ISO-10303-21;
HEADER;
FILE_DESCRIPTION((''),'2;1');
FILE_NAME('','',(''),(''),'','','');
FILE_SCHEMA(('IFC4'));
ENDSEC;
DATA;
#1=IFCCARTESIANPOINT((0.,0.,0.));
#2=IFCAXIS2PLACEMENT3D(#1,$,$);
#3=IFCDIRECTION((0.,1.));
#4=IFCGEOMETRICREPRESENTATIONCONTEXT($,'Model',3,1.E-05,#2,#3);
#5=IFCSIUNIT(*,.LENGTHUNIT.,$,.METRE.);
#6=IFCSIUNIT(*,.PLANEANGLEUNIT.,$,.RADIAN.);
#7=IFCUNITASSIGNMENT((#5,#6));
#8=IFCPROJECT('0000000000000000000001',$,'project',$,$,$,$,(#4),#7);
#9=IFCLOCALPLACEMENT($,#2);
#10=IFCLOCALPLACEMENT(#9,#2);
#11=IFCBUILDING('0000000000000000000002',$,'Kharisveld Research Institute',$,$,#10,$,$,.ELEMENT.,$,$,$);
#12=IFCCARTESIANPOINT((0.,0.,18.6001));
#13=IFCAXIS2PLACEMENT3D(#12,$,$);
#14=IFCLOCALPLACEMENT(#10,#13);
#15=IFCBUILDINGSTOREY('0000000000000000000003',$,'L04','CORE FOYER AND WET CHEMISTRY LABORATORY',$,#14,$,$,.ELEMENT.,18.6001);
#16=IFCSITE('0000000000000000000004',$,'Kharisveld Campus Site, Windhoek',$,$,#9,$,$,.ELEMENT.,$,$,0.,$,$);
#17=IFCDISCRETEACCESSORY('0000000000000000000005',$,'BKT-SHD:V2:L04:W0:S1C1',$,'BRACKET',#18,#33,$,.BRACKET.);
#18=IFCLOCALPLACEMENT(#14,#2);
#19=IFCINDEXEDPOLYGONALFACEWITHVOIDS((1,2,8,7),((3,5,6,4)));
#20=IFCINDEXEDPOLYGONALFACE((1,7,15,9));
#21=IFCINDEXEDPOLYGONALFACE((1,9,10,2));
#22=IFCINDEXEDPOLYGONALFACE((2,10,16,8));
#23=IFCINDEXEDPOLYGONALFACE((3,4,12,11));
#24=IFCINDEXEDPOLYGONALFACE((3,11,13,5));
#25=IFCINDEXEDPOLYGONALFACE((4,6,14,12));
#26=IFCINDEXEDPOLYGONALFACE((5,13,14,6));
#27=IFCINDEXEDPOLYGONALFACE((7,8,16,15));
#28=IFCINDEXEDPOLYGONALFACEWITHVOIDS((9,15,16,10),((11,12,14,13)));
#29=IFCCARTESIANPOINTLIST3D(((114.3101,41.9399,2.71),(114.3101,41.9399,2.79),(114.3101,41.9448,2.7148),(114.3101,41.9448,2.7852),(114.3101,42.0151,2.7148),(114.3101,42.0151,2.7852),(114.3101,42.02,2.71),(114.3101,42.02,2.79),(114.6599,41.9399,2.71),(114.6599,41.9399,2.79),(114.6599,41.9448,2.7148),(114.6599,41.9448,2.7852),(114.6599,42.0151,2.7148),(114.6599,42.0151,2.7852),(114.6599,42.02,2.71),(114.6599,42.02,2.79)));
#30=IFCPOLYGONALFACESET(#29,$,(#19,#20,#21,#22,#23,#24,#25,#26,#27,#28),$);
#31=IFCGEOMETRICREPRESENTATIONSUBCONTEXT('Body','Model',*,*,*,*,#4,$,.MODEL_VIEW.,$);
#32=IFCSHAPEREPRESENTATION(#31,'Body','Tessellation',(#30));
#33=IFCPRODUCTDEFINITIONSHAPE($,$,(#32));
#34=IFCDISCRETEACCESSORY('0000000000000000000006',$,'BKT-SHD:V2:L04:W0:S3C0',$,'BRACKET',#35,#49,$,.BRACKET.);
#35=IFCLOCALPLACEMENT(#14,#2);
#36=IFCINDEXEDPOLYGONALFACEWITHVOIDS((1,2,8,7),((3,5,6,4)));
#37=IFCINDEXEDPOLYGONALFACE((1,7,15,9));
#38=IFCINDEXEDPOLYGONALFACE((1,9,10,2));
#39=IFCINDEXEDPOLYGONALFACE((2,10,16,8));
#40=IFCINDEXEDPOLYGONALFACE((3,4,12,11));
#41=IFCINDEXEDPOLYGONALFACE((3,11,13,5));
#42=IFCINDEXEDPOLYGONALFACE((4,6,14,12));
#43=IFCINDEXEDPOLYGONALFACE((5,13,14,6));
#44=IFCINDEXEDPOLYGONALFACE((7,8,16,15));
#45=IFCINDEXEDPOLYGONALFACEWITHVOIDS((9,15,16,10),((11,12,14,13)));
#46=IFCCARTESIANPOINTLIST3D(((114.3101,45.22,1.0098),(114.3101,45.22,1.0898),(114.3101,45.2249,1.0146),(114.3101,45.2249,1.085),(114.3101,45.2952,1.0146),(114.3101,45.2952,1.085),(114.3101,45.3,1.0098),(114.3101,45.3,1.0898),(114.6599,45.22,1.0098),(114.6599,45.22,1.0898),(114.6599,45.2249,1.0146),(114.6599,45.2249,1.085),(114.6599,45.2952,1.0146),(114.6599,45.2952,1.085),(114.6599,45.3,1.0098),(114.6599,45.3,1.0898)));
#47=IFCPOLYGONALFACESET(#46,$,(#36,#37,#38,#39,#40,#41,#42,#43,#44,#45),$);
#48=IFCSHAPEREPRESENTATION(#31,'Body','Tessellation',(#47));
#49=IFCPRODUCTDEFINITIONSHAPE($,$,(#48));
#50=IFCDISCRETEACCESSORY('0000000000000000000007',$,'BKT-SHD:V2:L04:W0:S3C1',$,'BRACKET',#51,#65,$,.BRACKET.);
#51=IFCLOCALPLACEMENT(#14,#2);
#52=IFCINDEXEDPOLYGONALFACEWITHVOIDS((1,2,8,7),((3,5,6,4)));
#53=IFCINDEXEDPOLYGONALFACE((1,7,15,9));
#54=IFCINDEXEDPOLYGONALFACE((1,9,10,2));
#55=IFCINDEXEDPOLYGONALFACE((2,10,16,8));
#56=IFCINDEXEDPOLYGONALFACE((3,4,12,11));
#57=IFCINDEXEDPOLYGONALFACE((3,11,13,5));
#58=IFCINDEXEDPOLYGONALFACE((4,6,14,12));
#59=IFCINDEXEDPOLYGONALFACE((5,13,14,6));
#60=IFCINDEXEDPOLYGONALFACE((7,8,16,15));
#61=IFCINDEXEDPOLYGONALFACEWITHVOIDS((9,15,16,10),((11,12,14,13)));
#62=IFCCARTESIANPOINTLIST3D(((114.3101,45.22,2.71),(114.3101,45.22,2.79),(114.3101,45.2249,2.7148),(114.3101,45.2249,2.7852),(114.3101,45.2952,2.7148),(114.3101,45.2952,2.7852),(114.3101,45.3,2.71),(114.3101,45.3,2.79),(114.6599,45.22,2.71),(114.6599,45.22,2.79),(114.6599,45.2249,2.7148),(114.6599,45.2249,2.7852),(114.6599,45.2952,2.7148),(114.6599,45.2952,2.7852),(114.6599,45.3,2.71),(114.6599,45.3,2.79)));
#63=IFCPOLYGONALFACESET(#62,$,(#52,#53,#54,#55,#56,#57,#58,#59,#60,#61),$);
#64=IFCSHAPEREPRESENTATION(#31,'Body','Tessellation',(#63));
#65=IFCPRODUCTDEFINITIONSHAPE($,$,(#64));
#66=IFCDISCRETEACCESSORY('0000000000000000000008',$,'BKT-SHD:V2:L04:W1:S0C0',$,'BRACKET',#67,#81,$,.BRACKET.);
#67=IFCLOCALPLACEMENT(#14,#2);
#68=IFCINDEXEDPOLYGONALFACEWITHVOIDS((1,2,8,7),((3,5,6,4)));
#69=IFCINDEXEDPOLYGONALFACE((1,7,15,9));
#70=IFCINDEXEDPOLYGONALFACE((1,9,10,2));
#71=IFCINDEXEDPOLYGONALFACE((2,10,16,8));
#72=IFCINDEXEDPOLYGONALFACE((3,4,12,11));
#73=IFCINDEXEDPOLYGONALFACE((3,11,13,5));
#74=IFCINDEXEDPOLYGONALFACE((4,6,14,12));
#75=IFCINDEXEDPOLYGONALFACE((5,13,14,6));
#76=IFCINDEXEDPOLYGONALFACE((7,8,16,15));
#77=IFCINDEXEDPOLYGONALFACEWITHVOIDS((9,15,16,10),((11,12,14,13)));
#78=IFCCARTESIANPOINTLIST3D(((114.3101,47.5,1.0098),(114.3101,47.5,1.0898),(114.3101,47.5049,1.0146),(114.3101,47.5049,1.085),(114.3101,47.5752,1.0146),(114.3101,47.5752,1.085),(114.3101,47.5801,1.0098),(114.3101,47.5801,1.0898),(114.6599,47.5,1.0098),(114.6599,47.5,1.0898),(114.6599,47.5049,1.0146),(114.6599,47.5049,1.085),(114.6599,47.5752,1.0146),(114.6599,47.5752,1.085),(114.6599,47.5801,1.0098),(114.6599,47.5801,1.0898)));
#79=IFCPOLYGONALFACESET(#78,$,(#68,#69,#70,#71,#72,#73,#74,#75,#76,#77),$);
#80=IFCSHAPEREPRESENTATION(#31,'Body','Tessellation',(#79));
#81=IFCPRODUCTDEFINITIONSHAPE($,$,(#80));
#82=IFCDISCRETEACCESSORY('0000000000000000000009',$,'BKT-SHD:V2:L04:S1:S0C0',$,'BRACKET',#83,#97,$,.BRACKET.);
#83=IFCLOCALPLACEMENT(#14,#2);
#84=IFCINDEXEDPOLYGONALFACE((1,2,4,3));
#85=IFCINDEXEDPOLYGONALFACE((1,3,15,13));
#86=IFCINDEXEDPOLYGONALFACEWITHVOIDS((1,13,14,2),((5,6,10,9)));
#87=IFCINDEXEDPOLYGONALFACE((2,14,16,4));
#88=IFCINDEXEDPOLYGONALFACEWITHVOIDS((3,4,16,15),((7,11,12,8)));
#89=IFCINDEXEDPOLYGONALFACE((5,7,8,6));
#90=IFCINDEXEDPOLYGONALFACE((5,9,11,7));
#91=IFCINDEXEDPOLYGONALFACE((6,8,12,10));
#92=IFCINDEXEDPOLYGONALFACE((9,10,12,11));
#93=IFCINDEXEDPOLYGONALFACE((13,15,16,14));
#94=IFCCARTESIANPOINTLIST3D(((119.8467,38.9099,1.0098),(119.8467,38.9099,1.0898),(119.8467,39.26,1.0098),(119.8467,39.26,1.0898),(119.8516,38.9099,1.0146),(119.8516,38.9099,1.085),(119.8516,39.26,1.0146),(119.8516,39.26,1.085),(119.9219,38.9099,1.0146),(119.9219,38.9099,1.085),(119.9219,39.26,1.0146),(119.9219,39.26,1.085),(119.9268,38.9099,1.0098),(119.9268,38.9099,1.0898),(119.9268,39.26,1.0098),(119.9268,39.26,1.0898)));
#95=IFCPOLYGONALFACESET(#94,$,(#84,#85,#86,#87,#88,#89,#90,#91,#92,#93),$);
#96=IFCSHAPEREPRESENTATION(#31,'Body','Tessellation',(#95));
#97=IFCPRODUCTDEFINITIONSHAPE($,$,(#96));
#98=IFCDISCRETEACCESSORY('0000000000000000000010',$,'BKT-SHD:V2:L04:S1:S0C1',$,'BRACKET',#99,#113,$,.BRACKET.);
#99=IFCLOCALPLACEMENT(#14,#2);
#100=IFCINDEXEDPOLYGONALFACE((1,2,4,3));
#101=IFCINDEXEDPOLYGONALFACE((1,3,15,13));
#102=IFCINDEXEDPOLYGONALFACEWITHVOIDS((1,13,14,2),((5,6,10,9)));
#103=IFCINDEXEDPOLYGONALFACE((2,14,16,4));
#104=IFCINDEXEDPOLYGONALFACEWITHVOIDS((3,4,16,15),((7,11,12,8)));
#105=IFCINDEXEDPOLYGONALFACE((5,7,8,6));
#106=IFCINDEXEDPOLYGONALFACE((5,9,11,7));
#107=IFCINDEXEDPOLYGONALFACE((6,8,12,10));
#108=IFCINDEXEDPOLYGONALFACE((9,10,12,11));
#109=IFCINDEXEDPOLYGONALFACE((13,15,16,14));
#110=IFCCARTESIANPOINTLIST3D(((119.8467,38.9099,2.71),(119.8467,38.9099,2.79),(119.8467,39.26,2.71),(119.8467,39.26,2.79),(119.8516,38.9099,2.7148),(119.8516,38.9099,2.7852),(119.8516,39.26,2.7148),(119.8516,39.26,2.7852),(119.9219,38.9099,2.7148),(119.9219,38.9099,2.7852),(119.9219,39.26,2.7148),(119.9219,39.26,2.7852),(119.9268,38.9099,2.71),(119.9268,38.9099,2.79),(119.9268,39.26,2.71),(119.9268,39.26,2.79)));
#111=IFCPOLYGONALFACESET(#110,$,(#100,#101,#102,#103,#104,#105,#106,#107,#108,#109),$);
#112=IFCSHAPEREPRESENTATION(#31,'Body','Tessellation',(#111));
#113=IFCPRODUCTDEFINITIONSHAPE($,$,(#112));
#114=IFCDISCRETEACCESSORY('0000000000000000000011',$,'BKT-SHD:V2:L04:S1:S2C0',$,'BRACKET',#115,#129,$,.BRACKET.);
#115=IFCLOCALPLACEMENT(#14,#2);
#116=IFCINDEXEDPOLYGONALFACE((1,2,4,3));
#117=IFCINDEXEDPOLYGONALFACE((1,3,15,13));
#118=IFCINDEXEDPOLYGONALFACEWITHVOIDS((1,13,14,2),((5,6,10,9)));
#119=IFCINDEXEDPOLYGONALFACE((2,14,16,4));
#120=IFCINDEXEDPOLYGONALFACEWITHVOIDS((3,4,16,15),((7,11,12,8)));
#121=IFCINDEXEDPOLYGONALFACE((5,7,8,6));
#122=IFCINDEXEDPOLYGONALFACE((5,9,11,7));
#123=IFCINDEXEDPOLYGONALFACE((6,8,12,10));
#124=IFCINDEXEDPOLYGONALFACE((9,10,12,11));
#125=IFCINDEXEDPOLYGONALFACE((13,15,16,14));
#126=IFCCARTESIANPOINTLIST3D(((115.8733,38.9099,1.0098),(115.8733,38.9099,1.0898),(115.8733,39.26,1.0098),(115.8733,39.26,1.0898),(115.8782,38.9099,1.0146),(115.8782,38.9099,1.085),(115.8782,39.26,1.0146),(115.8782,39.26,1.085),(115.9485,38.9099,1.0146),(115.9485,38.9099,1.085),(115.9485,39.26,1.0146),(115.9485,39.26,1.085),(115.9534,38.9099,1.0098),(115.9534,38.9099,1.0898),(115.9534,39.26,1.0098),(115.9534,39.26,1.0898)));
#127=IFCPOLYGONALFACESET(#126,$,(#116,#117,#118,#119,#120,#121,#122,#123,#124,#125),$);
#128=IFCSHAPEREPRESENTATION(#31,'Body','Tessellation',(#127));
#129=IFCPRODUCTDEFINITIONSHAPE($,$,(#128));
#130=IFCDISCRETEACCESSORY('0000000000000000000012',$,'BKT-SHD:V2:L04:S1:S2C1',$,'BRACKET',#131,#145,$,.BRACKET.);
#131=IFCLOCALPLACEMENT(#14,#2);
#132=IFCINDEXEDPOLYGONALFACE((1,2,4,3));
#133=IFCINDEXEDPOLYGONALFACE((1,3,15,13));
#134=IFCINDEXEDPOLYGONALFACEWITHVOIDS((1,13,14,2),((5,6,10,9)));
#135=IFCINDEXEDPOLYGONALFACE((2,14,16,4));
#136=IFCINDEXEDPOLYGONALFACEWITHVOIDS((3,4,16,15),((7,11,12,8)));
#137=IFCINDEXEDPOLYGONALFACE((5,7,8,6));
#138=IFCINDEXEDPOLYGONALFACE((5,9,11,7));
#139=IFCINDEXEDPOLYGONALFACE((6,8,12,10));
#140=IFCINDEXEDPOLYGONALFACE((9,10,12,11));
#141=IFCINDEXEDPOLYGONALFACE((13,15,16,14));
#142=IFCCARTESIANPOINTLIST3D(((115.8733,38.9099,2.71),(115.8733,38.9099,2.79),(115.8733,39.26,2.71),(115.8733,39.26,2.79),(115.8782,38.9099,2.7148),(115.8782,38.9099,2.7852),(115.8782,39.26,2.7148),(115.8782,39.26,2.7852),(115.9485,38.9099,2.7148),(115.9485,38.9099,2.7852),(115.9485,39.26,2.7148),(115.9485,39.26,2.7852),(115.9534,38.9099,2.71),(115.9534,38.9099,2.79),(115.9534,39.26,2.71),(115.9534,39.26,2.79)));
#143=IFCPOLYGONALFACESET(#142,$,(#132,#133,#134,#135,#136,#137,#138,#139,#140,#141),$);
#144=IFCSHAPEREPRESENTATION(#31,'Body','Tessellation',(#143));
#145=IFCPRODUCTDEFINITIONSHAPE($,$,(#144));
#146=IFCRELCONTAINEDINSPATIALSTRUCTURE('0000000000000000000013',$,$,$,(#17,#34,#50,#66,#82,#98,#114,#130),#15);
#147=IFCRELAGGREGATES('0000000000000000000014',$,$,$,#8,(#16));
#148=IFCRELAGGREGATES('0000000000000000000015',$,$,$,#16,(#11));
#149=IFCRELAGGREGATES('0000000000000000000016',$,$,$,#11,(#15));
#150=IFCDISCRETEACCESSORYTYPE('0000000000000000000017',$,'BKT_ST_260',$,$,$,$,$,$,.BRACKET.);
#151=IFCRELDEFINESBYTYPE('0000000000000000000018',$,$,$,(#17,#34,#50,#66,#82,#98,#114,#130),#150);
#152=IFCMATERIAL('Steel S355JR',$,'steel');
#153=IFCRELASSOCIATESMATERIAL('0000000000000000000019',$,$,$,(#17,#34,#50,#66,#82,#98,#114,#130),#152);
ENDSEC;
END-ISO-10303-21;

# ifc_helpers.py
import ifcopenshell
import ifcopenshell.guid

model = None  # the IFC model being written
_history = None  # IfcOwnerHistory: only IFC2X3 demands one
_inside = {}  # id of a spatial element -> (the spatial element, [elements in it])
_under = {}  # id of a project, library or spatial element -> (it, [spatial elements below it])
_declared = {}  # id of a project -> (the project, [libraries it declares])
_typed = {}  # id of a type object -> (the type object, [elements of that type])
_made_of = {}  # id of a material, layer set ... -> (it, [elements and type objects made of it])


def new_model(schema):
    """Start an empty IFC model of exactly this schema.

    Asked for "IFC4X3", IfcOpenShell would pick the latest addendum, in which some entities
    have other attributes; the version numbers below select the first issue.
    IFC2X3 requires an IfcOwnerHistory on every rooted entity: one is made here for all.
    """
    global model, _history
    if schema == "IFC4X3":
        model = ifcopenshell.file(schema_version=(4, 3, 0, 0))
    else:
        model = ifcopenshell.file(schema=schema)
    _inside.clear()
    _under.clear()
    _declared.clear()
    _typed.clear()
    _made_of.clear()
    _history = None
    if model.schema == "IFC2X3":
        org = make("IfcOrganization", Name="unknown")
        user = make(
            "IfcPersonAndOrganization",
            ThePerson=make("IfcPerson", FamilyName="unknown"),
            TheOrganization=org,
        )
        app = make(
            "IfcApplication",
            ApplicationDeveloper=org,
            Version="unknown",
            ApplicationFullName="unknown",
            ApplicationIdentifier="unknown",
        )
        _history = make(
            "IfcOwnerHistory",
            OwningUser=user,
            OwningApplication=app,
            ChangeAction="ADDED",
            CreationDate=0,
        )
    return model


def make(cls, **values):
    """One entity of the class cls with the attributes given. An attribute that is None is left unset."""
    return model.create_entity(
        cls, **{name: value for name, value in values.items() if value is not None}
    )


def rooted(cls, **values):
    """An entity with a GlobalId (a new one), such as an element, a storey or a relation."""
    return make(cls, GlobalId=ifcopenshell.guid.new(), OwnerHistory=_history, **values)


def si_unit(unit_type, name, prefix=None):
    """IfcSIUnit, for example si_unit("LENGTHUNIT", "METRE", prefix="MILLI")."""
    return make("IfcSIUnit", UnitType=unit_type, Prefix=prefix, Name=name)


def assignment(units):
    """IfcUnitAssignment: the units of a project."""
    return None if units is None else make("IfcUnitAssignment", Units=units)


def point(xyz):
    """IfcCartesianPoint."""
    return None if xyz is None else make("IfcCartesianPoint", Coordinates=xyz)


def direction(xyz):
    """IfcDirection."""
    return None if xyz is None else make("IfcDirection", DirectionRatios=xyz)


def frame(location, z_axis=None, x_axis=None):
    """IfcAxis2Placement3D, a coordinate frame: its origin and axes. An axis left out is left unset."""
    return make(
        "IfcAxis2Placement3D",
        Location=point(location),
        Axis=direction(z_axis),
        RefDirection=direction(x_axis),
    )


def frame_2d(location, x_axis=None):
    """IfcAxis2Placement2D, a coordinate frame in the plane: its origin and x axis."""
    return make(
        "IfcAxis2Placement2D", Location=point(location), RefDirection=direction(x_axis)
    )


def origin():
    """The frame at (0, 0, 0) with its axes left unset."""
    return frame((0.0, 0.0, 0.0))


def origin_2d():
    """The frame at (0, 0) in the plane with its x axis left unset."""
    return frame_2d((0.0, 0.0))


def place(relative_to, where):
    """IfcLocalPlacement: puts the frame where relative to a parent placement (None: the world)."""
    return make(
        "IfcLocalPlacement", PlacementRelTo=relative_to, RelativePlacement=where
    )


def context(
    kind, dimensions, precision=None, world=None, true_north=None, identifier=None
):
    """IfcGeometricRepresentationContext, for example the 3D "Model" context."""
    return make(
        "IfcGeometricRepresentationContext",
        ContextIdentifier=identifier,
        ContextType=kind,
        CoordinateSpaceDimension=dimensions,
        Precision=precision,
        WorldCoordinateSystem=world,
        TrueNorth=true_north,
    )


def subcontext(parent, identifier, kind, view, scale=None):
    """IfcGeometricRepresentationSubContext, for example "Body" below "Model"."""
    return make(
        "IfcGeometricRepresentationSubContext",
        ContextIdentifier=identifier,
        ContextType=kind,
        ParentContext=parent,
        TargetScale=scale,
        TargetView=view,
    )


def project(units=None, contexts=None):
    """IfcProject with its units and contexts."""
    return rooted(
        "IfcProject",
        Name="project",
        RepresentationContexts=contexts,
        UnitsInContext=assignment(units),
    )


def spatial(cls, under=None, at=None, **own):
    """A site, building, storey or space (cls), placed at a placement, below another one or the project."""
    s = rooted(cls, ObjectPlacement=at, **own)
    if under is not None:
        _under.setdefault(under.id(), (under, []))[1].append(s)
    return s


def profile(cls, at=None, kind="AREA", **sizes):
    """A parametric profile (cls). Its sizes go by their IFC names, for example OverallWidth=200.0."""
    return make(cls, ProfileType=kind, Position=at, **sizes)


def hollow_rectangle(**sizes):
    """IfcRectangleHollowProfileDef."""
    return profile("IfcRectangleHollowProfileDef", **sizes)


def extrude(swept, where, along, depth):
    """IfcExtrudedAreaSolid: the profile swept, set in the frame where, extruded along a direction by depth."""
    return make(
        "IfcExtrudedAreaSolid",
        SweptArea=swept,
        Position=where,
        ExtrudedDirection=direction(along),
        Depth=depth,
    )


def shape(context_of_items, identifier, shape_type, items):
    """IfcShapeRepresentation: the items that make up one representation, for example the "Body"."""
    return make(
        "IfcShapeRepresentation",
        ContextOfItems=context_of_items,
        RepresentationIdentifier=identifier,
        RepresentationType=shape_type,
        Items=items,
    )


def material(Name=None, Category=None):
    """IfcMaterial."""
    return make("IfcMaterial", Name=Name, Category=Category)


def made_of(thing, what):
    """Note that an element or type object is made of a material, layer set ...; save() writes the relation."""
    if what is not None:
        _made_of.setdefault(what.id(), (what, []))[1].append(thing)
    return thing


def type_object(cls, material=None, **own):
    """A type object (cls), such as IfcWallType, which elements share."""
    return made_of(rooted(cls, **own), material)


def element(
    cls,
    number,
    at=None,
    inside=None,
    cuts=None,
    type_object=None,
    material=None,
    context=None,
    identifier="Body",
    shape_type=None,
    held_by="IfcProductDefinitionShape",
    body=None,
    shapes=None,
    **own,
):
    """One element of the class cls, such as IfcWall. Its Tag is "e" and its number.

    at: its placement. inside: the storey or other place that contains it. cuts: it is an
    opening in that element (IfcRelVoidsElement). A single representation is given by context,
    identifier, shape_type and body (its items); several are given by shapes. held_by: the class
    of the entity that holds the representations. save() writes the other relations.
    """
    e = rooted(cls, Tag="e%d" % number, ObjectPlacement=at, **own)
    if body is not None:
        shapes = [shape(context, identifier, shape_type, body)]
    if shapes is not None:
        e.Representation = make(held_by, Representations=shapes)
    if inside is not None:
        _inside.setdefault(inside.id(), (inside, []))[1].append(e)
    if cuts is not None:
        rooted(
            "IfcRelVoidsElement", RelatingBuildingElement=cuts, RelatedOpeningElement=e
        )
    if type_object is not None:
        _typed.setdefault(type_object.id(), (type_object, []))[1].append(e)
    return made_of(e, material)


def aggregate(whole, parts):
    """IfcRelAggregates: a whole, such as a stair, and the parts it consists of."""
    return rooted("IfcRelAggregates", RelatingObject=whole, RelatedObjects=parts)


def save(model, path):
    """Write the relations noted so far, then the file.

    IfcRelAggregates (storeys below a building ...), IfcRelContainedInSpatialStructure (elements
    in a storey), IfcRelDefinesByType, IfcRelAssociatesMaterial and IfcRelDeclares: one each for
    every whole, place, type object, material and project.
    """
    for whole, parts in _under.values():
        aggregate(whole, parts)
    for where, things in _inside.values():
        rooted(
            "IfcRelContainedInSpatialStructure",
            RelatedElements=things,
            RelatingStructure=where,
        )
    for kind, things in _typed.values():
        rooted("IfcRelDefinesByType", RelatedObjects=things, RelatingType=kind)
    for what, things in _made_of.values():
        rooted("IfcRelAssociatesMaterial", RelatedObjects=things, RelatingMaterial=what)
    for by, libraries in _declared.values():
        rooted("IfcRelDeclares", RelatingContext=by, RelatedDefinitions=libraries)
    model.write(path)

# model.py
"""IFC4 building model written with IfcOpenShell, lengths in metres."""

from ifc_helpers import new_model, si_unit, direction, frame, origin, origin_2d, place, context, subcontext, project, spatial, hollow_rectangle, extrude, material, type_object, element, save


model = new_model("IFC4")

# Units and contexts
model_context = context("Model", 3, precision=1e-05, world=origin(), true_north=direction((0.0, 1.0)))
body_context = subcontext(model_context, "Body", "Model", "MODEL_VIEW")
ifc_project = project(units=[si_unit("LENGTHUNIT", "METRE"), si_unit("PLANEANGLEUNIT", "RADIAN")], contexts=[model_context])

# Site, building, storey
site_placement = place(None, origin())
site = spatial("IfcSite", under=ifc_project, at=site_placement, Name="Kharisveld Campus Site, Windhoek", CompositionType="ELEMENT", RefElevation=0.0)
building_placement = place(site_placement, origin())
building = spatial("IfcBuilding", under=site, at=building_placement, Name="Kharisveld Research Institute", CompositionType="ELEMENT")
storey_placement = place(building_placement, frame((0.0, 0.0, 18.6001)))
storey = spatial("IfcBuildingStorey", under=building, at=storey_placement, Name="L04", Description="CORE FOYER AND WET CHEMISTRY LABORATORY", CompositionType="ELEMENT", Elevation=18.6001)

# Discrete accessories
ifc_material_1 = material(Name="Steel S355JR", Category="steel")
discrete_accessory_type = type_object("IfcDiscreteAccessoryType", Name="BKT_ST_260", PredefinedType="BRACKET")
for number, where, z_axis, x_axis, name in (
    (1, (114.6599, 41.98, 2.75), (-1.0, 0.0, 0.0), (0.0, -1.0, 0.0), "BKT-SHD:V2:L04:W0:S1C1"),
    (2, (114.6599, 45.26, 1.0498), (-1.0, 0.0, 0.0), (0.0, -1.0, 0.0), "BKT-SHD:V2:L04:W0:S3C0"),
    (3, (114.6599, 45.26, 2.75), (-1.0, 0.0, 0.0), (0.0, -1.0, 0.0), "BKT-SHD:V2:L04:W0:S3C1"),
    (4, (114.6599, 47.54, 1.0498), (-1.0, 0.0, 0.0), (0.0, -1.0, 0.0), "BKT-SHD:V2:L04:W1:S0C0"),
):
    element("IfcDiscreteAccessory", number, at=place(storey_placement, frame(where, z_axis=z_axis, x_axis=x_axis)), inside=storey, type_object=discrete_accessory_type, material=ifc_material_1, Name=name, ObjectType="BRACKET", PredefinedType="BRACKET", context=body_context, shape_type="SweptSolid", body=[
        extrude(hollow_rectangle(XDim=0.0801, YDim=0.0801, WallThickness=0.0049, at=origin_2d()), origin(), (0.0, 0.0, 1.0), 0.3499),
    ])
for number, where, z_axis, x_axis, name in (
    (5, (119.8867, 39.26, 1.0498), (0.0, -1.0, 0.0), (1.0, 0.0, 0.0), "BKT-SHD:V2:L04:S1:S0C0"),
    (6, (119.8867, 39.26, 2.75), (0.0, -1.0, 0.0), (1.0, 0.0, 0.0), "BKT-SHD:V2:L04:S1:S0C1"),
    (7, (115.9133, 39.26, 1.0498), (0.0, -1.0, 0.0), (1.0, 0.0, 0.0), "BKT-SHD:V2:L04:S1:S2C0"),
    (8, (115.9133, 39.26, 2.75), (0.0, -1.0, 0.0), (1.0, 0.0, 0.0), "BKT-SHD:V2:L04:S1:S2C1"),
):
    element("IfcDiscreteAccessory", number, at=place(storey_placement, frame(where, z_axis=z_axis, x_axis=x_axis)), inside=storey, type_object=discrete_accessory_type, material=ifc_material_1, Name=name, ObjectType="BRACKET", PredefinedType="BRACKET", context=body_context, shape_type="SweptSolid", body=[
        extrude(hollow_rectangle(XDim=0.0801, YDim=0.0801, WallThickness=0.0049, at=origin_2d()), origin(), (0.0, 0.0, 1.0), 0.3501),
    ])

save(model, "model.ifc")
